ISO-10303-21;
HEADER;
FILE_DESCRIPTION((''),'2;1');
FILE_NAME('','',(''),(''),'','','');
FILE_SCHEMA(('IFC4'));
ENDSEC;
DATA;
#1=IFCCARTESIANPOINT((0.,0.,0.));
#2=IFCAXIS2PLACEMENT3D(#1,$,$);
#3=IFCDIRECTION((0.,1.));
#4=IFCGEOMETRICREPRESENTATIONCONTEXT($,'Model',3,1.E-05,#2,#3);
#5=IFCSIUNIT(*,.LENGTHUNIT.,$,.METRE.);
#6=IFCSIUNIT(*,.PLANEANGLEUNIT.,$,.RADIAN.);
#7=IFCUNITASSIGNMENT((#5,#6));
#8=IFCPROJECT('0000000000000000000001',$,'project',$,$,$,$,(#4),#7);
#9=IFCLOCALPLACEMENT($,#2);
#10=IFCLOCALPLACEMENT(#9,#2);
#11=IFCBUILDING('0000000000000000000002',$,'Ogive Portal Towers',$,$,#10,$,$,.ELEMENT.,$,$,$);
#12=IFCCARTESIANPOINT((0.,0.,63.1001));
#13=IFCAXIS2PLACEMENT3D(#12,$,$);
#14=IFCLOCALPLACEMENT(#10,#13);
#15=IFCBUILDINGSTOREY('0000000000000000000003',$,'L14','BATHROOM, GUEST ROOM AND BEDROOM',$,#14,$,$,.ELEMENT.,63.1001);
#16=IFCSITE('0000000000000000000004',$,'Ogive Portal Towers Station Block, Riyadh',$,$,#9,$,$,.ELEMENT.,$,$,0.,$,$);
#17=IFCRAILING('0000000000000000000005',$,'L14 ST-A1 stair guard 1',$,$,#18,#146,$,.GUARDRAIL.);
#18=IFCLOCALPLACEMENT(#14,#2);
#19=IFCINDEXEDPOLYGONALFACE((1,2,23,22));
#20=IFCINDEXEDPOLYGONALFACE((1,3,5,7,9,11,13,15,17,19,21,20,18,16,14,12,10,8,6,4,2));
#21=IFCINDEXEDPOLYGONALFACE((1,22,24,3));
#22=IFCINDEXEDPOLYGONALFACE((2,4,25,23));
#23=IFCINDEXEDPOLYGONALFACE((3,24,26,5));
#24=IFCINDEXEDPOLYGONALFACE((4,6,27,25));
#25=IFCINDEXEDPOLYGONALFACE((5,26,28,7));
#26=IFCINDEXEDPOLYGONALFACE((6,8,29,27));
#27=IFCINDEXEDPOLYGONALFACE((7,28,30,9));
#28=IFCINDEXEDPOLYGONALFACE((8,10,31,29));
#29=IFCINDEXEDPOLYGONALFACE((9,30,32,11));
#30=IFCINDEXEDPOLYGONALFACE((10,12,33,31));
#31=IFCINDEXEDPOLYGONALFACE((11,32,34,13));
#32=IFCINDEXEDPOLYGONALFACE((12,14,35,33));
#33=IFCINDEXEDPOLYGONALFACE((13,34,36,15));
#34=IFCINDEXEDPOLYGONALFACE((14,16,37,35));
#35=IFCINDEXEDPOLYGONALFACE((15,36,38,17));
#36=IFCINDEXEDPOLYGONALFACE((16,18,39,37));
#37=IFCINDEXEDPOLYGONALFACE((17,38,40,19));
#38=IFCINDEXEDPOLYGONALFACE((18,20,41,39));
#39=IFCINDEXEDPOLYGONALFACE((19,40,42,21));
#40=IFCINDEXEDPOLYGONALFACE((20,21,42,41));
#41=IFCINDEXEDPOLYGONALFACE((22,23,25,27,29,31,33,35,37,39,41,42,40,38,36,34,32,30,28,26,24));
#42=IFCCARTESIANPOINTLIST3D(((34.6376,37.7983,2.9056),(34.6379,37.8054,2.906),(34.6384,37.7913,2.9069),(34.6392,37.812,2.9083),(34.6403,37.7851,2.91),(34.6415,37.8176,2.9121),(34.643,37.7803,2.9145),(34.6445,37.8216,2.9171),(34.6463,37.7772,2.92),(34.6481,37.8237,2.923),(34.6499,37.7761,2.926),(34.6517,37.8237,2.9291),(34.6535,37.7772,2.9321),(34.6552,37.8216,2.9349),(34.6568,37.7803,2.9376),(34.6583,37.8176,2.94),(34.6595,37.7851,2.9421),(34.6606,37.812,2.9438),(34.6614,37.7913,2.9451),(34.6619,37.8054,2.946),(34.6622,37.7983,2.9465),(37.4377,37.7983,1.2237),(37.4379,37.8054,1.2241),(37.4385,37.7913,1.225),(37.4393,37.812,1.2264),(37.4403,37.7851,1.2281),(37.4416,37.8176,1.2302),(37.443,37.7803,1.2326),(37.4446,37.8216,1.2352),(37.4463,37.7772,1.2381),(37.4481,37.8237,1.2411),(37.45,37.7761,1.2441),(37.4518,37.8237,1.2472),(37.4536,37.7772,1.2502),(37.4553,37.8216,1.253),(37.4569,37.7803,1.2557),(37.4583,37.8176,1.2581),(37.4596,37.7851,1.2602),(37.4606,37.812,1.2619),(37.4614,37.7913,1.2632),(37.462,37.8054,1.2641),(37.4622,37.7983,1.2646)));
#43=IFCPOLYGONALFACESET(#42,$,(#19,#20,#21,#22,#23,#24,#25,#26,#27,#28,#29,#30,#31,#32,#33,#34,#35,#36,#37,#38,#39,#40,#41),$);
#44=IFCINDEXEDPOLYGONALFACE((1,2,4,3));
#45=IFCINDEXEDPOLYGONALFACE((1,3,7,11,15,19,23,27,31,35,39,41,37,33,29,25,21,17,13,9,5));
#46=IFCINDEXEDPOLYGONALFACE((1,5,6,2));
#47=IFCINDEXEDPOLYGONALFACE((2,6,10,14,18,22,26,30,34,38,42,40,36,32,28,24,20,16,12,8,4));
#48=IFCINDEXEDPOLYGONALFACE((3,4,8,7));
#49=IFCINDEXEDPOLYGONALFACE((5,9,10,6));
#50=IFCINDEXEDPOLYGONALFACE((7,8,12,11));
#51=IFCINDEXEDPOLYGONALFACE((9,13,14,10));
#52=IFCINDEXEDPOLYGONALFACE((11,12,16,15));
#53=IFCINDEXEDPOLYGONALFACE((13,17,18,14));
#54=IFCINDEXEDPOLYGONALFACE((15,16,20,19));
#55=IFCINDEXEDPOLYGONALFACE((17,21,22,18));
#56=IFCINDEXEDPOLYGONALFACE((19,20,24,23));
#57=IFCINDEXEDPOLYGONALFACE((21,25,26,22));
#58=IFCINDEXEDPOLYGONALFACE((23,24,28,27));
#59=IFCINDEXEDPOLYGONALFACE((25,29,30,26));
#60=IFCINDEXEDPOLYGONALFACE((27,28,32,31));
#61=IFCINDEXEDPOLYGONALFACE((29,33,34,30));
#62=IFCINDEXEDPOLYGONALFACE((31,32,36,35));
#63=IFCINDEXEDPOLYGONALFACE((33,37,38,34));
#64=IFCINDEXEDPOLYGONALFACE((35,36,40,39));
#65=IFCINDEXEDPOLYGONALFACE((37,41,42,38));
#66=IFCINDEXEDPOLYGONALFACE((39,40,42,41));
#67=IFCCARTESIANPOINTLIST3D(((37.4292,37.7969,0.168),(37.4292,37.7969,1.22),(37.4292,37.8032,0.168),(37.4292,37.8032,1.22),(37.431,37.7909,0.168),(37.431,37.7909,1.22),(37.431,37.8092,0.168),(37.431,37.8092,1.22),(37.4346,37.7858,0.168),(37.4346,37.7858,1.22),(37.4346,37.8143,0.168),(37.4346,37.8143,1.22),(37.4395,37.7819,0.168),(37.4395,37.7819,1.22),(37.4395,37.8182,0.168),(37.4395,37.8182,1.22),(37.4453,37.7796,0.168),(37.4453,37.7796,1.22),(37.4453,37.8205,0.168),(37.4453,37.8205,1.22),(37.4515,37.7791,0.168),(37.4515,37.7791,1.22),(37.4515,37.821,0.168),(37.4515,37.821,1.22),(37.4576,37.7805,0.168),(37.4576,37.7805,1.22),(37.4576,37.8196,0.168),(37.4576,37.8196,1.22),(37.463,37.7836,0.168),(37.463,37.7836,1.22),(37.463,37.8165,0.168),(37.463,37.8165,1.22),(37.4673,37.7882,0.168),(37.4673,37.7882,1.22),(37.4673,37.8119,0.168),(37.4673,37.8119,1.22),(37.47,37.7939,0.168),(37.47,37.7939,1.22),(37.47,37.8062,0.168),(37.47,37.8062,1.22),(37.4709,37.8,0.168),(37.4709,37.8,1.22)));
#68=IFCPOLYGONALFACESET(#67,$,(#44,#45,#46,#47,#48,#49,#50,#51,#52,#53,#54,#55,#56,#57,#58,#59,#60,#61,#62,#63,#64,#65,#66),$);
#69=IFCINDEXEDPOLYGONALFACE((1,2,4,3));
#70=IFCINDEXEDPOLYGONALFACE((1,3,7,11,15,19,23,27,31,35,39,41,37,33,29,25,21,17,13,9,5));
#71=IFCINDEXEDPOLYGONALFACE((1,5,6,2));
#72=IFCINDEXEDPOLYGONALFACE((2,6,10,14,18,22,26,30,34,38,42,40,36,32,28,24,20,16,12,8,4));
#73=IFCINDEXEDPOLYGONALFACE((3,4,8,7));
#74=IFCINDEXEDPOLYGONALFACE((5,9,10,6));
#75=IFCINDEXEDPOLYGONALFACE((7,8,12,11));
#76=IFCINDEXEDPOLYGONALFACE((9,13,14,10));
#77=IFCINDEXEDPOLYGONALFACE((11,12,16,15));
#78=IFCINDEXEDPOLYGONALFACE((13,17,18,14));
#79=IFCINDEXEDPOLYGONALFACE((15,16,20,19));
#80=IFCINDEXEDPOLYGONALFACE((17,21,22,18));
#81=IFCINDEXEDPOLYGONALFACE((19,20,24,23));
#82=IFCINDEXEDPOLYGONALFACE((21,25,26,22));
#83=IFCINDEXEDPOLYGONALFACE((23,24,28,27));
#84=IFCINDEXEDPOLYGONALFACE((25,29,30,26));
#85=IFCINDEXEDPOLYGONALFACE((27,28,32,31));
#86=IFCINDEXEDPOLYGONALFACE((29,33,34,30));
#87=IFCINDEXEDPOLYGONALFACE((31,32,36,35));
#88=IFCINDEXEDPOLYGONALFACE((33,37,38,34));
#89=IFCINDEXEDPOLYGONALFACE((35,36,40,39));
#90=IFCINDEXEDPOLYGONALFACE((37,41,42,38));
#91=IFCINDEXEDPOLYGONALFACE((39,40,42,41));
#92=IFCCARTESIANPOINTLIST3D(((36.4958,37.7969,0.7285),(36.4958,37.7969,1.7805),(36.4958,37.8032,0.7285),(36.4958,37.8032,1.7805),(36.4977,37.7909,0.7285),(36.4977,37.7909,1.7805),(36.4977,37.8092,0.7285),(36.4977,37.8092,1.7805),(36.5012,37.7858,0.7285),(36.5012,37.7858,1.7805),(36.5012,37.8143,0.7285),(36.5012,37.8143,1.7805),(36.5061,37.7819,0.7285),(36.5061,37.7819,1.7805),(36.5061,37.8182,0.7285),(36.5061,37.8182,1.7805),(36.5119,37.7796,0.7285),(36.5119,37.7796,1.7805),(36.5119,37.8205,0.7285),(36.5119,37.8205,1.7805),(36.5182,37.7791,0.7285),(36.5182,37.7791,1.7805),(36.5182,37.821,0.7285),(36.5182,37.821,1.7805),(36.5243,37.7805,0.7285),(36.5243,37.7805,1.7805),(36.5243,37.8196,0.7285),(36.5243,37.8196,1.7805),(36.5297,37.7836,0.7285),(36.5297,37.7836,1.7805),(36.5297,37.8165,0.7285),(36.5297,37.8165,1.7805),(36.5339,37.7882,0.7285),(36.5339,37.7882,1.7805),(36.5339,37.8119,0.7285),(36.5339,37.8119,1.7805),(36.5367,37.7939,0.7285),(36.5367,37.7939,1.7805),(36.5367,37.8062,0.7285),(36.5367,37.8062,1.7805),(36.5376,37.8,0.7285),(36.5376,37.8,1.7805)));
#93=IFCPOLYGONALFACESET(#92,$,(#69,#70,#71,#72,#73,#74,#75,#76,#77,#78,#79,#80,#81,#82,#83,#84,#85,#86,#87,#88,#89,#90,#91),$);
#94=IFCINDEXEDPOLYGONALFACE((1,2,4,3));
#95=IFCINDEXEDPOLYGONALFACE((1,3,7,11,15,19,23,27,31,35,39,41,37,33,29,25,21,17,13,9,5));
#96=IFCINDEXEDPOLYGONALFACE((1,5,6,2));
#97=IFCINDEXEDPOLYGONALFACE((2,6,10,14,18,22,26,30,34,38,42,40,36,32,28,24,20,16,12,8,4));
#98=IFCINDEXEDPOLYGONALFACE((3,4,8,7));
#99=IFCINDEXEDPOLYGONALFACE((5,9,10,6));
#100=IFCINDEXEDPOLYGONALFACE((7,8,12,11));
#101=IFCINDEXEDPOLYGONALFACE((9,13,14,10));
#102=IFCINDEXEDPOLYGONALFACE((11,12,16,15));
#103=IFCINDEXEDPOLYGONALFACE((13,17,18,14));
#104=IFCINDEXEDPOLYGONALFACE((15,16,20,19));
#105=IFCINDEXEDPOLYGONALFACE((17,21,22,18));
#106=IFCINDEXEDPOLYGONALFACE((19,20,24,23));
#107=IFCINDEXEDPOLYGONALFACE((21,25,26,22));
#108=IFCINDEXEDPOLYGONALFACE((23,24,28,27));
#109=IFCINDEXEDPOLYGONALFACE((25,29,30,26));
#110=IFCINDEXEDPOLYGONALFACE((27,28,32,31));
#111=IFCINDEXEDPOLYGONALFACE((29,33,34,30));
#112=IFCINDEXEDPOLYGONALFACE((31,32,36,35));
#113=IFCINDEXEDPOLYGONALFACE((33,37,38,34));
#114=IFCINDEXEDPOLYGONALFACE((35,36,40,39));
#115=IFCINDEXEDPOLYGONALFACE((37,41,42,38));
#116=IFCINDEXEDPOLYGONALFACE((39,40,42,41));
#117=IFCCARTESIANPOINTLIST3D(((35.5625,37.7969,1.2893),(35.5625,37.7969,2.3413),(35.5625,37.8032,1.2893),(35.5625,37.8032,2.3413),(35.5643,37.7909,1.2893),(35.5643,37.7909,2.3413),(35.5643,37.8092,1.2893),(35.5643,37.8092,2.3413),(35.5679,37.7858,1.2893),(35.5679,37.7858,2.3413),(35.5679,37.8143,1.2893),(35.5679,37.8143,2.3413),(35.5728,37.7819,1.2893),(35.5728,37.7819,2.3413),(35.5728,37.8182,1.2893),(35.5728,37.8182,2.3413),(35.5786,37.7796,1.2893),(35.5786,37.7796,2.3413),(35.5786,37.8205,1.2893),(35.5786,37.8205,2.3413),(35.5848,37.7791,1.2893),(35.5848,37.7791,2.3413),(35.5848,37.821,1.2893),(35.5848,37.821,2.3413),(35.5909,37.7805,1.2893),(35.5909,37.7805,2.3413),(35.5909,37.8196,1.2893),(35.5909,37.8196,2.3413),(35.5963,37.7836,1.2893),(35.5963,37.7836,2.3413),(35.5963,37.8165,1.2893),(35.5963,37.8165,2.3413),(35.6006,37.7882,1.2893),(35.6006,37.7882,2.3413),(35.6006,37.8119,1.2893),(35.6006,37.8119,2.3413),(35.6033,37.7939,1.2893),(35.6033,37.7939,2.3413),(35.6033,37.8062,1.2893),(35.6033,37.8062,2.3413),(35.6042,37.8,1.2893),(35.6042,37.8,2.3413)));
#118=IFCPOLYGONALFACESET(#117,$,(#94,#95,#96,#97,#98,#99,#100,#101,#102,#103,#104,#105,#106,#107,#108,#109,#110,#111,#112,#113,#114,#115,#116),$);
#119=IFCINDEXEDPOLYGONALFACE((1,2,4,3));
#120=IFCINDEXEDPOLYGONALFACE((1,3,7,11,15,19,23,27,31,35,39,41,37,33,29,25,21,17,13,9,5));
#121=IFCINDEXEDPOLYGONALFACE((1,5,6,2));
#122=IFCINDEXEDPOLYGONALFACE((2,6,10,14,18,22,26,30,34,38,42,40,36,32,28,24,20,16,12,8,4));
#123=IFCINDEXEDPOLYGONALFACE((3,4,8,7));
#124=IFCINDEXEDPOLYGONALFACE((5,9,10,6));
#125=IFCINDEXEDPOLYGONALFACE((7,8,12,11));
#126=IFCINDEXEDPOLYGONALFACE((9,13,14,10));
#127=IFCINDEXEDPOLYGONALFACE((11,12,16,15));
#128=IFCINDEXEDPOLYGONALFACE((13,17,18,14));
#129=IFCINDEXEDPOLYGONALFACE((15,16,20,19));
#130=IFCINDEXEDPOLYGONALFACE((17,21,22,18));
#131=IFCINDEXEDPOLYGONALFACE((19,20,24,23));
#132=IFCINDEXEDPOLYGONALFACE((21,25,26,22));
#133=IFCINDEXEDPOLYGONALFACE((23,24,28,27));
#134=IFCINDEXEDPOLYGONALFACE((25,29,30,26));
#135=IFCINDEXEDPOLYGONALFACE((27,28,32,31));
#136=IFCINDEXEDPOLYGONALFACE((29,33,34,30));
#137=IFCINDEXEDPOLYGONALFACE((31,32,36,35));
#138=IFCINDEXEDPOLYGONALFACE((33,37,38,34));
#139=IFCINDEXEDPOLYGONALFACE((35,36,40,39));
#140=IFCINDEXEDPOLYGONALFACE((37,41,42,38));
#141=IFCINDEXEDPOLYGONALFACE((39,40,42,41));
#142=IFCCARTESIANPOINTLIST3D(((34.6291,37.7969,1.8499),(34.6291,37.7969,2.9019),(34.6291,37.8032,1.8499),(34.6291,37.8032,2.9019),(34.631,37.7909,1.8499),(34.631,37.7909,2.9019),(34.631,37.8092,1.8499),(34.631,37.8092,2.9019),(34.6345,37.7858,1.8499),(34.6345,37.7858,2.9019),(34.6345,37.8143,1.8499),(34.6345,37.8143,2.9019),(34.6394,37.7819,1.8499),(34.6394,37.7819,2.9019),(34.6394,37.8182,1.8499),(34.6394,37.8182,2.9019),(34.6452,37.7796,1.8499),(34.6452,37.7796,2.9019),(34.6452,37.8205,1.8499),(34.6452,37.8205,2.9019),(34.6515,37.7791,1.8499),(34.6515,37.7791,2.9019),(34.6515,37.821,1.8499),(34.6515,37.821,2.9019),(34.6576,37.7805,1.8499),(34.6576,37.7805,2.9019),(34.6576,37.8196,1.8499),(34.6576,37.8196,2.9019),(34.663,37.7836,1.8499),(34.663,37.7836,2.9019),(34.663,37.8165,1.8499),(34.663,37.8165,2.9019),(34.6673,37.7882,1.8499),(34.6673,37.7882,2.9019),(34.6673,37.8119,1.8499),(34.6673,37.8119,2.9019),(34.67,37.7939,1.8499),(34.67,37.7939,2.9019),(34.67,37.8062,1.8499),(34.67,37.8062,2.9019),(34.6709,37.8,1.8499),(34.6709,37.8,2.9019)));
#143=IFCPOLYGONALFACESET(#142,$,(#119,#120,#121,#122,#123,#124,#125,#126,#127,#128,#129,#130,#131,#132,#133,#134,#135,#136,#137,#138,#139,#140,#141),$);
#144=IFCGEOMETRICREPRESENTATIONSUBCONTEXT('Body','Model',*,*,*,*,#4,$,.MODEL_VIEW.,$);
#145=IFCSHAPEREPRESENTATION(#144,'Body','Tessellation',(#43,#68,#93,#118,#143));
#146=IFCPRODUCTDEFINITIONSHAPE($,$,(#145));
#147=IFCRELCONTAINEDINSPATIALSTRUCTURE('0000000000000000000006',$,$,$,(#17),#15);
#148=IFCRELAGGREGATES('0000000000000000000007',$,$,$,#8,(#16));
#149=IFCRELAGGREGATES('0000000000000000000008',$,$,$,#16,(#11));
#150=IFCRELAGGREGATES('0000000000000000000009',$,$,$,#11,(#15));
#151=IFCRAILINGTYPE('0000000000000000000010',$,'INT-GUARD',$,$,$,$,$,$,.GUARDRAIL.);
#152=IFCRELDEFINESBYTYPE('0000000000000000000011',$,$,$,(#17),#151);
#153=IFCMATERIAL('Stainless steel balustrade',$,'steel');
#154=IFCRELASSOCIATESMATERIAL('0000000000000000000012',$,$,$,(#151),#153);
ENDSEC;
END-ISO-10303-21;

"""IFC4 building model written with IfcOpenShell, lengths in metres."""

from ifc_helpers import new_model, si_unit, direction, frame, origin, origin_2d, place, context, subcontext, project, spatial, circle, extrude, material, type_object, element, save


model = new_model("IFC4")

# Units and contexts
model_context = context("Model", 3, precision=1e-05, world=origin(), true_north=direction((0.0, 1.0)))
body_context = subcontext(model_context, "Body", "Model", "MODEL_VIEW")
ifc_project = project(units=[si_unit("LENGTHUNIT", "METRE"), si_unit("PLANEANGLEUNIT", "RADIAN")], contexts=[model_context])

# Site, building, storey
site_placement = place(None, origin())
site = spatial("IfcSite", under=ifc_project, at=site_placement, Name="Ogive Portal Towers Station Block, Riyadh", CompositionType="ELEMENT", RefElevation=0.0)
building_placement = place(site_placement, origin())
building = spatial("IfcBuilding", under=site, at=building_placement, Name="Ogive Portal Towers", CompositionType="ELEMENT")
storey_placement = place(building_placement, frame((0.0, 0.0, 63.1001)))
storey = spatial("IfcBuildingStorey", under=building, at=storey_placement, Name="L14", Description="BATHROOM, GUEST ROOM AND BEDROOM", CompositionType="ELEMENT", Elevation=63.1001)

# Railing
ifc_material_1 = material(Name="Stainless steel balustrade", Category="steel")
railing_type_1 = type_object("IfcRailingType", Name="INT-GUARD", PredefinedType="GUARDRAIL", material=ifc_material_1)
railing_1_placement = place(storey_placement, frame((37.45, 37.8, 0.168)))
element("IfcRailing", 1, at=railing_1_placement, inside=storey, type_object=railing_type_1, Name="L14 ST-A1 stair guard 1", PredefinedType="GUARDRAIL", context=body_context, shape_type="SweptSolid", body=[
    extrude(circle(Radius=0.0239, at=origin_2d()), frame((0.0, 0.0, 1.0762), z_axis=(-0.857242, 0.0, 0.514913), x_axis=(0.0, -1.0, 0.0)), (0.0, 0.0, 1.0), 3.2664),
    extrude(circle(Radius=0.021, at=origin_2d()), origin(), (0.0, 0.0, 1.0), 1.052),
    extrude(circle(Radius=0.021, at=origin_2d()), frame((-0.9333, 0.0, 0.5605)), (0.0, 0.0, 1.0), 1.052),
    extrude(circle(Radius=0.021, at=origin_2d()), frame((-1.8667, 0.0, 1.1213)), (0.0, 0.0, 1.0), 1.052),
    extrude(circle(Radius=0.021, at=origin_2d()), frame((-2.8, 0.0, 1.6819)), (0.0, 0.0, 1.0), 1.052),
])

save(model, "model.ifc")
